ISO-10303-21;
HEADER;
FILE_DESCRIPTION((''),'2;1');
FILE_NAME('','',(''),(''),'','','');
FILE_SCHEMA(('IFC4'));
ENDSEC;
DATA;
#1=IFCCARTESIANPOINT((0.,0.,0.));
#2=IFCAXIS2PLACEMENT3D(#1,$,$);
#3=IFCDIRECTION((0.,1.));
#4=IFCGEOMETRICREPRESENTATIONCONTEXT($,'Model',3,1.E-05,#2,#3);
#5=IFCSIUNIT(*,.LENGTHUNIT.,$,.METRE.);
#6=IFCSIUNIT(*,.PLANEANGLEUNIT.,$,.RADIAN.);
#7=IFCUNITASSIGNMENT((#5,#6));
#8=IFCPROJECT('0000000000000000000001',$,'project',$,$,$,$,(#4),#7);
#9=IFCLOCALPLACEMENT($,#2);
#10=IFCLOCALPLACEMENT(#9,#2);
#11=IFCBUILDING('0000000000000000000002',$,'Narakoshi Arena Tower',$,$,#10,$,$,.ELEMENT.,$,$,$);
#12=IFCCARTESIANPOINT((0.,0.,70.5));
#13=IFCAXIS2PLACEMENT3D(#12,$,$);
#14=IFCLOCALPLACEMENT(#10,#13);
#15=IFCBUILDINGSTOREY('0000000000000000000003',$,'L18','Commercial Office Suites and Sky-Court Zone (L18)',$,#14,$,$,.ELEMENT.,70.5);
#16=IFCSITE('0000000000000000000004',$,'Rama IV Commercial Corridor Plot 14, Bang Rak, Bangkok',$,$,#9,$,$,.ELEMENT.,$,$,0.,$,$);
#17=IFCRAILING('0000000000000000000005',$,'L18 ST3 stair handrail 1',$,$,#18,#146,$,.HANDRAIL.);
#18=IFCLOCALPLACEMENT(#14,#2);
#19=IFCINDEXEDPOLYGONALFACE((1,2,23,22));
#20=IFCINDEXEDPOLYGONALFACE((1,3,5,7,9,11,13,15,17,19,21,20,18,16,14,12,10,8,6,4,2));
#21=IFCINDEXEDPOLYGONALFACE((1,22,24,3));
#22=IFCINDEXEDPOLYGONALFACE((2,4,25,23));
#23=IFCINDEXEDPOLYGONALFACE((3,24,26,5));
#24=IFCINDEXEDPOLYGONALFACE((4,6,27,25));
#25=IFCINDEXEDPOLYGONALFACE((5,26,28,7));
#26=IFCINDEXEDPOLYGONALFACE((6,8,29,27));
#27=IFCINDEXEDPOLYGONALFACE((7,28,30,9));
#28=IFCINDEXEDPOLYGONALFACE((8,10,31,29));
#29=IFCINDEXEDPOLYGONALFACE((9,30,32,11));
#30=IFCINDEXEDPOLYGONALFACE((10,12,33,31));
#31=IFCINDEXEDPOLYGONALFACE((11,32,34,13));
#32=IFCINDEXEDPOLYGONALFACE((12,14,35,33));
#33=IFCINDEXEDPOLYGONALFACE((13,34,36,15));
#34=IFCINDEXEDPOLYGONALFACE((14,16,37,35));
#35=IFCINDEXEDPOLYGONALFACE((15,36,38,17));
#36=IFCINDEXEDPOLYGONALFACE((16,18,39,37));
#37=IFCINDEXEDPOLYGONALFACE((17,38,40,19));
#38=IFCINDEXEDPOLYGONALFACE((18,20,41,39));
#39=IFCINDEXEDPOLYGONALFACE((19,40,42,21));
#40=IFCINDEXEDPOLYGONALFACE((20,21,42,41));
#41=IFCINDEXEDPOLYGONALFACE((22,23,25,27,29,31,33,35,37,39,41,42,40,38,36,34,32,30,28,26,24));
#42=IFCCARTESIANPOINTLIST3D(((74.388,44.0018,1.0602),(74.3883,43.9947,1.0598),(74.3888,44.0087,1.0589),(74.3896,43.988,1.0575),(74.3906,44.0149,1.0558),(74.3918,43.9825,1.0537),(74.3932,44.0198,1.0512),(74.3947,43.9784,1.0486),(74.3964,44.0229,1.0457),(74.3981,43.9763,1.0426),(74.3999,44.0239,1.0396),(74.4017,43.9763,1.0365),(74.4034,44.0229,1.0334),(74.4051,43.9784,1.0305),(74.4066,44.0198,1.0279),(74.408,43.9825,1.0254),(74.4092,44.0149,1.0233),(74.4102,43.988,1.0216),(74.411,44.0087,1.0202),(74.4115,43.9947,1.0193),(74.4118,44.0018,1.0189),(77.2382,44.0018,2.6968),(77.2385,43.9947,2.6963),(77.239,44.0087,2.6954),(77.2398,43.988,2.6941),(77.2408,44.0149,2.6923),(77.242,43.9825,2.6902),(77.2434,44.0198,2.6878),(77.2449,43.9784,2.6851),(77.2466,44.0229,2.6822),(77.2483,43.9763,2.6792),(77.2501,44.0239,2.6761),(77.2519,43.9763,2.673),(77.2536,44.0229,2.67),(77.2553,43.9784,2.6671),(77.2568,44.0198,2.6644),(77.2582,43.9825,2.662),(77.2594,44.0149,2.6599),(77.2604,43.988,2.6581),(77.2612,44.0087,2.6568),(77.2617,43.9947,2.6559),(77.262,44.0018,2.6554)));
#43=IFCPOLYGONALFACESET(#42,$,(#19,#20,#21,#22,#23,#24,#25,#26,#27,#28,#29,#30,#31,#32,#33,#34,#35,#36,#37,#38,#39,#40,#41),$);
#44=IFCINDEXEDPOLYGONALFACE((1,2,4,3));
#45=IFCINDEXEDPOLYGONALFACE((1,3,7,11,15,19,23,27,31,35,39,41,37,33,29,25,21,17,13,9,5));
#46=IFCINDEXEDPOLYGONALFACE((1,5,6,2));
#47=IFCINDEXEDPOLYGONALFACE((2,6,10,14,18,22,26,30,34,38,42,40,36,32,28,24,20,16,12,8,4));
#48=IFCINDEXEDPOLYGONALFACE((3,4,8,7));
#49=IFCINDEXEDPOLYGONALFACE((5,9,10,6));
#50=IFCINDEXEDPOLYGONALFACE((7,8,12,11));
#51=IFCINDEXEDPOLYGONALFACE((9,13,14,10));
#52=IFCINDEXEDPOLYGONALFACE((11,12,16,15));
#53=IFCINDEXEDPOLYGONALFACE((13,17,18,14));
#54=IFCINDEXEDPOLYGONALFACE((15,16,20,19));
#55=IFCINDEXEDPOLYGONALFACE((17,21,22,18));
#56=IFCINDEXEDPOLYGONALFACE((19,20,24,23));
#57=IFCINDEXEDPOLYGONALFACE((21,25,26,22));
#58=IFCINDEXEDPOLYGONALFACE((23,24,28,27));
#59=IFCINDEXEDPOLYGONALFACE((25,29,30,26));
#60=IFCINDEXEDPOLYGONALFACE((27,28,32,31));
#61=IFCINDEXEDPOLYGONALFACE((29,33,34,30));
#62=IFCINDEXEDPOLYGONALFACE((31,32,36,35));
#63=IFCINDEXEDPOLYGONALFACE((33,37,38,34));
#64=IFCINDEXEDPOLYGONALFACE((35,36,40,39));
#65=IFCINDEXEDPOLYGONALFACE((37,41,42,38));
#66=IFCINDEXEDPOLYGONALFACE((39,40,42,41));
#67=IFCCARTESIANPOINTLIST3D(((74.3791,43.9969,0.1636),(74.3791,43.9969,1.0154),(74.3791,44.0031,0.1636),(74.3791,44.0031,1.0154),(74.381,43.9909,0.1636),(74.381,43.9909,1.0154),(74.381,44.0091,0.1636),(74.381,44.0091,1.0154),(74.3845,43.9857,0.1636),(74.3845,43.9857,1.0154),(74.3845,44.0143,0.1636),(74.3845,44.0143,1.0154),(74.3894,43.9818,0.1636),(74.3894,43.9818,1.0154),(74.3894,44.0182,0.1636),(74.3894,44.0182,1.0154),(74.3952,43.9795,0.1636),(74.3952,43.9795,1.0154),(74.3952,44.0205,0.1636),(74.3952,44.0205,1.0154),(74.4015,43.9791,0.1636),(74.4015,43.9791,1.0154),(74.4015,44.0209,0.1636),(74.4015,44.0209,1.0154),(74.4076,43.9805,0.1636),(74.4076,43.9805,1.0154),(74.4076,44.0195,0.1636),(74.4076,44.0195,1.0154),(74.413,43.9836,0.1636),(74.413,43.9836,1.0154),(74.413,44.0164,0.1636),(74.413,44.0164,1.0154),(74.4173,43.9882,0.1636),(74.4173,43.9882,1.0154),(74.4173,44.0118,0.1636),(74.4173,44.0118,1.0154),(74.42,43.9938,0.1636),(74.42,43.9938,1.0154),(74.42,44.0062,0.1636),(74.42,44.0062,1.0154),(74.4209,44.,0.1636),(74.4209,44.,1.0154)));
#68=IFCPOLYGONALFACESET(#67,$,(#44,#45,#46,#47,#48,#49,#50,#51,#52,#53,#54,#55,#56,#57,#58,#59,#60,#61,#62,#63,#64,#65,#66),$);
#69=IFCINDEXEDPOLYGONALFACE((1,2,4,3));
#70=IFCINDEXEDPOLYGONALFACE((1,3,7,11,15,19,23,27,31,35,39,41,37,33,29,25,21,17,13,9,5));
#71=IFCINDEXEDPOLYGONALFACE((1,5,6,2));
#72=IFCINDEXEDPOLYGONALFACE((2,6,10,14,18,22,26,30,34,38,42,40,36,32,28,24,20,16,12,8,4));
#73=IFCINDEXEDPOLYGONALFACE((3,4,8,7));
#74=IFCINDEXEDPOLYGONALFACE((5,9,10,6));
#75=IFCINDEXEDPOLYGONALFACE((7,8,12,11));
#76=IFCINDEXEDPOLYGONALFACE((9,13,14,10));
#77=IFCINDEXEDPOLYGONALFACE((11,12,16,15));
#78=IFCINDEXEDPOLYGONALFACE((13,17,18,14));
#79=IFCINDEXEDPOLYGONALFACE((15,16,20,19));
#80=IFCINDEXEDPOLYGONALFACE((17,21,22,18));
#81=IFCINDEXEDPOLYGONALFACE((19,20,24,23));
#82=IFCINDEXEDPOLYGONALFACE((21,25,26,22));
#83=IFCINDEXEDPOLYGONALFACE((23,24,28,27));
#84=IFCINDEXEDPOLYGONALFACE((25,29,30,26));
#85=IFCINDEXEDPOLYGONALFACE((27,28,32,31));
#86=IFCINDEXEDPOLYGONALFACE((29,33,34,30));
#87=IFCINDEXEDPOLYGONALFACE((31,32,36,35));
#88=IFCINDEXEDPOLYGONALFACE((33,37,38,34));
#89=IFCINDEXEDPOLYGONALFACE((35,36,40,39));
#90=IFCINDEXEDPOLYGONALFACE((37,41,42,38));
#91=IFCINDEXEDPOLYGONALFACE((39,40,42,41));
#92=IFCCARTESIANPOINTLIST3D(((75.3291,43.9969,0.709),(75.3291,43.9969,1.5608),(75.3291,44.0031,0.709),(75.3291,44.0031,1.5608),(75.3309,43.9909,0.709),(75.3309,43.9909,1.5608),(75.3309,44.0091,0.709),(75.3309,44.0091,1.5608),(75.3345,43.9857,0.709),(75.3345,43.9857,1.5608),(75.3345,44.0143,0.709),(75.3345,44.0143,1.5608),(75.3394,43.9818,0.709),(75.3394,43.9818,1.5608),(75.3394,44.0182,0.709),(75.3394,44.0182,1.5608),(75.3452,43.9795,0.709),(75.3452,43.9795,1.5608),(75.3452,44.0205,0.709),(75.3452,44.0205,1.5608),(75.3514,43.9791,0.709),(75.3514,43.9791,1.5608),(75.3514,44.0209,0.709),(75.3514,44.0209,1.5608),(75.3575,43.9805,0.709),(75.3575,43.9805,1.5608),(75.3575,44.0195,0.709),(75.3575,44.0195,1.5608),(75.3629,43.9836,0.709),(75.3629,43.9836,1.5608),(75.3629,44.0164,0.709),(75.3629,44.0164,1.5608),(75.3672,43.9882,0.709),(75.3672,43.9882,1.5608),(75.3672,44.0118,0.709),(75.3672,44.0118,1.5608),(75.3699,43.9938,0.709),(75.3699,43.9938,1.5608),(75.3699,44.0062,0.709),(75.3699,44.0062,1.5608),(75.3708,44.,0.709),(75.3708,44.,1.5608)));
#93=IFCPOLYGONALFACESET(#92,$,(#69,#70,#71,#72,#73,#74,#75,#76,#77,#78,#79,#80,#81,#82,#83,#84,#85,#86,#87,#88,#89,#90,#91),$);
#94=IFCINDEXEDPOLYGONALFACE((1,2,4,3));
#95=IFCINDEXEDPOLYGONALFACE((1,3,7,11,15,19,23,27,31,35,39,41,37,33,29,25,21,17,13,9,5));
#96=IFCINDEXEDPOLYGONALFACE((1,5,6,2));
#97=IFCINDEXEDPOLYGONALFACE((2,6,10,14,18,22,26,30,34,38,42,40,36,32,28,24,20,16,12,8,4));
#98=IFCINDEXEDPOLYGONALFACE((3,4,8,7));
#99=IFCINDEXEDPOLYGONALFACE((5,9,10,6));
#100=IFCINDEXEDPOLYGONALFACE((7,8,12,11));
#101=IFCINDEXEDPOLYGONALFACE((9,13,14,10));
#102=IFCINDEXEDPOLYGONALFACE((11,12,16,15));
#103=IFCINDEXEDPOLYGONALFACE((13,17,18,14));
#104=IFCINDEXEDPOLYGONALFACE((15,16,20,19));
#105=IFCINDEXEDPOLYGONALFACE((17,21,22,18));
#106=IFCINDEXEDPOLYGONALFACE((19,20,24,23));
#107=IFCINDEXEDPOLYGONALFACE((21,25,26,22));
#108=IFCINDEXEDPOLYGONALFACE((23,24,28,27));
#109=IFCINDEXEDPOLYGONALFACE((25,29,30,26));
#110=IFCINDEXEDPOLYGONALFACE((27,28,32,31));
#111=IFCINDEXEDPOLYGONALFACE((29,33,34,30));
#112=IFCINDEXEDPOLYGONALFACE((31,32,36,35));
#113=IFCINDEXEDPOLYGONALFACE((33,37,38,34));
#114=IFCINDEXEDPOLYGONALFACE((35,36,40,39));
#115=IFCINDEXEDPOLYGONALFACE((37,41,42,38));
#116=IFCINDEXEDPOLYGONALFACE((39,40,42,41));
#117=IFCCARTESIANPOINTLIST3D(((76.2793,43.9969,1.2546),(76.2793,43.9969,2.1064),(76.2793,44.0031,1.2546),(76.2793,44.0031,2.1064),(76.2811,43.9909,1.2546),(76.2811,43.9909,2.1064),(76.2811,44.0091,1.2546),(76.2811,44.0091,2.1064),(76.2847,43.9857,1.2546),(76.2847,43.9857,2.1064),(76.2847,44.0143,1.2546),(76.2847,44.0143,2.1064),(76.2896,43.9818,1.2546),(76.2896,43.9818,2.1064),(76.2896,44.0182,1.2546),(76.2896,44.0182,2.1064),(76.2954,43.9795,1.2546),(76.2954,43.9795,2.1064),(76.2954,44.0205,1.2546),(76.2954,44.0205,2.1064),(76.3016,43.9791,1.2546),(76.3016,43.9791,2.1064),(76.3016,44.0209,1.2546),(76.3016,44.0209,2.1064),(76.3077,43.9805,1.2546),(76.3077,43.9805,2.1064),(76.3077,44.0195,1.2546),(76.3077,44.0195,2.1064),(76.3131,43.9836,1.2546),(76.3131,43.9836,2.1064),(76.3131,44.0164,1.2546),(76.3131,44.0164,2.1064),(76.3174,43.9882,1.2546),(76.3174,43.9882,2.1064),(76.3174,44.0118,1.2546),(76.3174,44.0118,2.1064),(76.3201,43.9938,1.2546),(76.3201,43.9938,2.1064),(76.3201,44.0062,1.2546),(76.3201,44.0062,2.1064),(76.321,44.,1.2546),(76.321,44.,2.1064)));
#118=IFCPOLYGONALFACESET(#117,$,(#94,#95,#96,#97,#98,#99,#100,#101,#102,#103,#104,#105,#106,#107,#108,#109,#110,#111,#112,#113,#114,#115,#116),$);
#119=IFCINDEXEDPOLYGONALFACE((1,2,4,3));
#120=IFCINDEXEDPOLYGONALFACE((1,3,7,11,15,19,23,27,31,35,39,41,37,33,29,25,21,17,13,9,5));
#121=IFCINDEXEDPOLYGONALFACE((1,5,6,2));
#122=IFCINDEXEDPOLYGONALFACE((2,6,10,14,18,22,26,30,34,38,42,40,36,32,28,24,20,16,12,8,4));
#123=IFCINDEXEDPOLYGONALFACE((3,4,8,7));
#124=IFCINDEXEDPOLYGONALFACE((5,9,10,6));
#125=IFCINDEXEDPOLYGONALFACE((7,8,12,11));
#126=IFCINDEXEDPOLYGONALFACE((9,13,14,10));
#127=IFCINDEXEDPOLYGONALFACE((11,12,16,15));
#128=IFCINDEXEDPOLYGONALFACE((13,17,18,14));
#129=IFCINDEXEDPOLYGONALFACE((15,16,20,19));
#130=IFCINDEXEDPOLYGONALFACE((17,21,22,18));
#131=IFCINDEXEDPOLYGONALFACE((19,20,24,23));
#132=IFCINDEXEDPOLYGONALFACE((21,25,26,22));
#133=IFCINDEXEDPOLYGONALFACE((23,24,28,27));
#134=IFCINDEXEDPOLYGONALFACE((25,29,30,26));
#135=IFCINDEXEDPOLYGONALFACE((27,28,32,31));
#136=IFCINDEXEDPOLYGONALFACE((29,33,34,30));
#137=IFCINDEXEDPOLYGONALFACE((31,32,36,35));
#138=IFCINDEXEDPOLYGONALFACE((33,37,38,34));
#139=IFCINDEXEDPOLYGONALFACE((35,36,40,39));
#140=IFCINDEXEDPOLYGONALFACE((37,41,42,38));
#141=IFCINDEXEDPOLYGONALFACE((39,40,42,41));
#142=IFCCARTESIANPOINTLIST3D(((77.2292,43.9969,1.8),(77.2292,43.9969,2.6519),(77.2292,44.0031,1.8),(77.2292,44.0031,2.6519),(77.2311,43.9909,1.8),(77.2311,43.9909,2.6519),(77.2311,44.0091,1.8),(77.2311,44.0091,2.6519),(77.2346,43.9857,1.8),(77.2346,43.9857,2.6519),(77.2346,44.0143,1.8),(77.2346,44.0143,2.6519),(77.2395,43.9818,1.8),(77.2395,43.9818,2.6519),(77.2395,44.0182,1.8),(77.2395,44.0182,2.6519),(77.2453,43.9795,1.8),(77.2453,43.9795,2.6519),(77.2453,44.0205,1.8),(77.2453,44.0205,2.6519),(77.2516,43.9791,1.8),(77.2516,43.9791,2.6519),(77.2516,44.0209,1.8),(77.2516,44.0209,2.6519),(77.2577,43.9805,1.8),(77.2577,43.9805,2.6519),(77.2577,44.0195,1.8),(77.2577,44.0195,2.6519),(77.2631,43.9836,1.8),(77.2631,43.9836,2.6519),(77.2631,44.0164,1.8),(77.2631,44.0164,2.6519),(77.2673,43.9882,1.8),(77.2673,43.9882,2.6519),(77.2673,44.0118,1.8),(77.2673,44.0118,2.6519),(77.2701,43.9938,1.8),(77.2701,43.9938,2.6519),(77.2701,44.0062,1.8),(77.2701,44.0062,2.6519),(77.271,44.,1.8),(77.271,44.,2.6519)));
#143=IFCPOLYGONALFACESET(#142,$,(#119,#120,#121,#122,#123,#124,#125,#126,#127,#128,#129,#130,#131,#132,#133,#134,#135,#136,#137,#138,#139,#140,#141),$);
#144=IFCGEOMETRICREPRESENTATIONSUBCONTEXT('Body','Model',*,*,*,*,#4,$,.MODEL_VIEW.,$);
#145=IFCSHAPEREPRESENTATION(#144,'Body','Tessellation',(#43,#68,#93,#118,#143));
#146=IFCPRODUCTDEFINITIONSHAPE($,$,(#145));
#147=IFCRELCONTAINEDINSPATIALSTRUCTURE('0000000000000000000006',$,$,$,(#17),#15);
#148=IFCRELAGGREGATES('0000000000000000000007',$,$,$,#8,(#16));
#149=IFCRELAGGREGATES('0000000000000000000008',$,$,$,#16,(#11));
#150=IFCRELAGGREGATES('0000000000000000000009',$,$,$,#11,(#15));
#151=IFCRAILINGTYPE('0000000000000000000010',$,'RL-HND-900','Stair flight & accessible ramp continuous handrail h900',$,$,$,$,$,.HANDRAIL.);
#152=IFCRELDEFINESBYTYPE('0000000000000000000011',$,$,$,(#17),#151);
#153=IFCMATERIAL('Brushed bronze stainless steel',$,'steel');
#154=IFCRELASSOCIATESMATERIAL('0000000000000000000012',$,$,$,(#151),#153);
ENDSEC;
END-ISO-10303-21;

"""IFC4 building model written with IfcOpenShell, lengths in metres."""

from ifc_helpers import new_model, si_unit, direction, frame, origin, origin_2d, place, context, subcontext, project, spatial, circle, extrude, material, type_object, element, save


model = new_model("IFC4")

# Units and contexts
model_context = context("Model", 3, precision=1e-05, world=origin(), true_north=direction((0.0, 1.0)))
body_context = subcontext(model_context, "Body", "Model", "MODEL_VIEW")
ifc_project = project(units=[si_unit("LENGTHUNIT", "METRE"), si_unit("PLANEANGLEUNIT", "RADIAN")], contexts=[model_context])

# Site, building, storey
site_placement = place(None, origin())
site = spatial("IfcSite", under=ifc_project, at=site_placement, Name="Rama IV Commercial Corridor Plot 14, Bang Rak, Bangkok", CompositionType="ELEMENT", RefElevation=0.0)
building_placement = place(site_placement, origin())
building = spatial("IfcBuilding", under=site, at=building_placement, Name="Narakoshi Arena Tower", CompositionType="ELEMENT")
storey_placement = place(building_placement, frame((0.0, 0.0, 70.5)))
storey = spatial("IfcBuildingStorey", under=building, at=storey_placement, Name="L18", Description="Commercial Office Suites and Sky-Court Zone (L18)", CompositionType="ELEMENT", Elevation=70.5)

# Railing
ifc_material_1 = material(Name="Brushed bronze stainless steel", Category="steel")
railing_type_1 = type_object("IfcRailingType", Name="RL-HND-900", Description="Stair flight & accessible ramp continuous handrail h900", PredefinedType="HANDRAIL", material=ifc_material_1)
for number, where, name in (
    (1, (74.3999, 44.0, 0.1636), "L18 ST3 stair handrail 1"),
):
    element("IfcRailing", number, at=place(storey_placement, frame(where)), inside=storey, type_object=railing_type_1, Name=name, PredefinedType="HANDRAIL", context=body_context, shape_type="SweptSolid", body=[
        extrude(circle(Radius=0.0239, at=origin_2d()), frame((0.0, 0.0, 0.876), z_axis=(0.867213, 0.0, 0.497938), x_axis=(0.0, 1.0, 0.0)), (0.0, 0.0, 1.0), 3.2866),
        extrude(circle(Radius=0.021, at=origin_2d()), origin(), (0.0, 0.0, 1.0), 0.8518),
        extrude(circle(Radius=0.021, at=origin_2d()), frame((0.95, 0.0, 0.5454)), (0.0, 0.0, 1.0), 0.8518),
        extrude(circle(Radius=0.021, at=origin_2d()), frame((1.9001, 0.0, 1.0911)), (0.0, 0.0, 1.0), 0.8518),
        extrude(circle(Radius=0.021, at=origin_2d()), frame((2.8501, 0.0, 1.6365)), (0.0, 0.0, 1.0), 0.8518),
    ])

save(model, "model.ifc")
